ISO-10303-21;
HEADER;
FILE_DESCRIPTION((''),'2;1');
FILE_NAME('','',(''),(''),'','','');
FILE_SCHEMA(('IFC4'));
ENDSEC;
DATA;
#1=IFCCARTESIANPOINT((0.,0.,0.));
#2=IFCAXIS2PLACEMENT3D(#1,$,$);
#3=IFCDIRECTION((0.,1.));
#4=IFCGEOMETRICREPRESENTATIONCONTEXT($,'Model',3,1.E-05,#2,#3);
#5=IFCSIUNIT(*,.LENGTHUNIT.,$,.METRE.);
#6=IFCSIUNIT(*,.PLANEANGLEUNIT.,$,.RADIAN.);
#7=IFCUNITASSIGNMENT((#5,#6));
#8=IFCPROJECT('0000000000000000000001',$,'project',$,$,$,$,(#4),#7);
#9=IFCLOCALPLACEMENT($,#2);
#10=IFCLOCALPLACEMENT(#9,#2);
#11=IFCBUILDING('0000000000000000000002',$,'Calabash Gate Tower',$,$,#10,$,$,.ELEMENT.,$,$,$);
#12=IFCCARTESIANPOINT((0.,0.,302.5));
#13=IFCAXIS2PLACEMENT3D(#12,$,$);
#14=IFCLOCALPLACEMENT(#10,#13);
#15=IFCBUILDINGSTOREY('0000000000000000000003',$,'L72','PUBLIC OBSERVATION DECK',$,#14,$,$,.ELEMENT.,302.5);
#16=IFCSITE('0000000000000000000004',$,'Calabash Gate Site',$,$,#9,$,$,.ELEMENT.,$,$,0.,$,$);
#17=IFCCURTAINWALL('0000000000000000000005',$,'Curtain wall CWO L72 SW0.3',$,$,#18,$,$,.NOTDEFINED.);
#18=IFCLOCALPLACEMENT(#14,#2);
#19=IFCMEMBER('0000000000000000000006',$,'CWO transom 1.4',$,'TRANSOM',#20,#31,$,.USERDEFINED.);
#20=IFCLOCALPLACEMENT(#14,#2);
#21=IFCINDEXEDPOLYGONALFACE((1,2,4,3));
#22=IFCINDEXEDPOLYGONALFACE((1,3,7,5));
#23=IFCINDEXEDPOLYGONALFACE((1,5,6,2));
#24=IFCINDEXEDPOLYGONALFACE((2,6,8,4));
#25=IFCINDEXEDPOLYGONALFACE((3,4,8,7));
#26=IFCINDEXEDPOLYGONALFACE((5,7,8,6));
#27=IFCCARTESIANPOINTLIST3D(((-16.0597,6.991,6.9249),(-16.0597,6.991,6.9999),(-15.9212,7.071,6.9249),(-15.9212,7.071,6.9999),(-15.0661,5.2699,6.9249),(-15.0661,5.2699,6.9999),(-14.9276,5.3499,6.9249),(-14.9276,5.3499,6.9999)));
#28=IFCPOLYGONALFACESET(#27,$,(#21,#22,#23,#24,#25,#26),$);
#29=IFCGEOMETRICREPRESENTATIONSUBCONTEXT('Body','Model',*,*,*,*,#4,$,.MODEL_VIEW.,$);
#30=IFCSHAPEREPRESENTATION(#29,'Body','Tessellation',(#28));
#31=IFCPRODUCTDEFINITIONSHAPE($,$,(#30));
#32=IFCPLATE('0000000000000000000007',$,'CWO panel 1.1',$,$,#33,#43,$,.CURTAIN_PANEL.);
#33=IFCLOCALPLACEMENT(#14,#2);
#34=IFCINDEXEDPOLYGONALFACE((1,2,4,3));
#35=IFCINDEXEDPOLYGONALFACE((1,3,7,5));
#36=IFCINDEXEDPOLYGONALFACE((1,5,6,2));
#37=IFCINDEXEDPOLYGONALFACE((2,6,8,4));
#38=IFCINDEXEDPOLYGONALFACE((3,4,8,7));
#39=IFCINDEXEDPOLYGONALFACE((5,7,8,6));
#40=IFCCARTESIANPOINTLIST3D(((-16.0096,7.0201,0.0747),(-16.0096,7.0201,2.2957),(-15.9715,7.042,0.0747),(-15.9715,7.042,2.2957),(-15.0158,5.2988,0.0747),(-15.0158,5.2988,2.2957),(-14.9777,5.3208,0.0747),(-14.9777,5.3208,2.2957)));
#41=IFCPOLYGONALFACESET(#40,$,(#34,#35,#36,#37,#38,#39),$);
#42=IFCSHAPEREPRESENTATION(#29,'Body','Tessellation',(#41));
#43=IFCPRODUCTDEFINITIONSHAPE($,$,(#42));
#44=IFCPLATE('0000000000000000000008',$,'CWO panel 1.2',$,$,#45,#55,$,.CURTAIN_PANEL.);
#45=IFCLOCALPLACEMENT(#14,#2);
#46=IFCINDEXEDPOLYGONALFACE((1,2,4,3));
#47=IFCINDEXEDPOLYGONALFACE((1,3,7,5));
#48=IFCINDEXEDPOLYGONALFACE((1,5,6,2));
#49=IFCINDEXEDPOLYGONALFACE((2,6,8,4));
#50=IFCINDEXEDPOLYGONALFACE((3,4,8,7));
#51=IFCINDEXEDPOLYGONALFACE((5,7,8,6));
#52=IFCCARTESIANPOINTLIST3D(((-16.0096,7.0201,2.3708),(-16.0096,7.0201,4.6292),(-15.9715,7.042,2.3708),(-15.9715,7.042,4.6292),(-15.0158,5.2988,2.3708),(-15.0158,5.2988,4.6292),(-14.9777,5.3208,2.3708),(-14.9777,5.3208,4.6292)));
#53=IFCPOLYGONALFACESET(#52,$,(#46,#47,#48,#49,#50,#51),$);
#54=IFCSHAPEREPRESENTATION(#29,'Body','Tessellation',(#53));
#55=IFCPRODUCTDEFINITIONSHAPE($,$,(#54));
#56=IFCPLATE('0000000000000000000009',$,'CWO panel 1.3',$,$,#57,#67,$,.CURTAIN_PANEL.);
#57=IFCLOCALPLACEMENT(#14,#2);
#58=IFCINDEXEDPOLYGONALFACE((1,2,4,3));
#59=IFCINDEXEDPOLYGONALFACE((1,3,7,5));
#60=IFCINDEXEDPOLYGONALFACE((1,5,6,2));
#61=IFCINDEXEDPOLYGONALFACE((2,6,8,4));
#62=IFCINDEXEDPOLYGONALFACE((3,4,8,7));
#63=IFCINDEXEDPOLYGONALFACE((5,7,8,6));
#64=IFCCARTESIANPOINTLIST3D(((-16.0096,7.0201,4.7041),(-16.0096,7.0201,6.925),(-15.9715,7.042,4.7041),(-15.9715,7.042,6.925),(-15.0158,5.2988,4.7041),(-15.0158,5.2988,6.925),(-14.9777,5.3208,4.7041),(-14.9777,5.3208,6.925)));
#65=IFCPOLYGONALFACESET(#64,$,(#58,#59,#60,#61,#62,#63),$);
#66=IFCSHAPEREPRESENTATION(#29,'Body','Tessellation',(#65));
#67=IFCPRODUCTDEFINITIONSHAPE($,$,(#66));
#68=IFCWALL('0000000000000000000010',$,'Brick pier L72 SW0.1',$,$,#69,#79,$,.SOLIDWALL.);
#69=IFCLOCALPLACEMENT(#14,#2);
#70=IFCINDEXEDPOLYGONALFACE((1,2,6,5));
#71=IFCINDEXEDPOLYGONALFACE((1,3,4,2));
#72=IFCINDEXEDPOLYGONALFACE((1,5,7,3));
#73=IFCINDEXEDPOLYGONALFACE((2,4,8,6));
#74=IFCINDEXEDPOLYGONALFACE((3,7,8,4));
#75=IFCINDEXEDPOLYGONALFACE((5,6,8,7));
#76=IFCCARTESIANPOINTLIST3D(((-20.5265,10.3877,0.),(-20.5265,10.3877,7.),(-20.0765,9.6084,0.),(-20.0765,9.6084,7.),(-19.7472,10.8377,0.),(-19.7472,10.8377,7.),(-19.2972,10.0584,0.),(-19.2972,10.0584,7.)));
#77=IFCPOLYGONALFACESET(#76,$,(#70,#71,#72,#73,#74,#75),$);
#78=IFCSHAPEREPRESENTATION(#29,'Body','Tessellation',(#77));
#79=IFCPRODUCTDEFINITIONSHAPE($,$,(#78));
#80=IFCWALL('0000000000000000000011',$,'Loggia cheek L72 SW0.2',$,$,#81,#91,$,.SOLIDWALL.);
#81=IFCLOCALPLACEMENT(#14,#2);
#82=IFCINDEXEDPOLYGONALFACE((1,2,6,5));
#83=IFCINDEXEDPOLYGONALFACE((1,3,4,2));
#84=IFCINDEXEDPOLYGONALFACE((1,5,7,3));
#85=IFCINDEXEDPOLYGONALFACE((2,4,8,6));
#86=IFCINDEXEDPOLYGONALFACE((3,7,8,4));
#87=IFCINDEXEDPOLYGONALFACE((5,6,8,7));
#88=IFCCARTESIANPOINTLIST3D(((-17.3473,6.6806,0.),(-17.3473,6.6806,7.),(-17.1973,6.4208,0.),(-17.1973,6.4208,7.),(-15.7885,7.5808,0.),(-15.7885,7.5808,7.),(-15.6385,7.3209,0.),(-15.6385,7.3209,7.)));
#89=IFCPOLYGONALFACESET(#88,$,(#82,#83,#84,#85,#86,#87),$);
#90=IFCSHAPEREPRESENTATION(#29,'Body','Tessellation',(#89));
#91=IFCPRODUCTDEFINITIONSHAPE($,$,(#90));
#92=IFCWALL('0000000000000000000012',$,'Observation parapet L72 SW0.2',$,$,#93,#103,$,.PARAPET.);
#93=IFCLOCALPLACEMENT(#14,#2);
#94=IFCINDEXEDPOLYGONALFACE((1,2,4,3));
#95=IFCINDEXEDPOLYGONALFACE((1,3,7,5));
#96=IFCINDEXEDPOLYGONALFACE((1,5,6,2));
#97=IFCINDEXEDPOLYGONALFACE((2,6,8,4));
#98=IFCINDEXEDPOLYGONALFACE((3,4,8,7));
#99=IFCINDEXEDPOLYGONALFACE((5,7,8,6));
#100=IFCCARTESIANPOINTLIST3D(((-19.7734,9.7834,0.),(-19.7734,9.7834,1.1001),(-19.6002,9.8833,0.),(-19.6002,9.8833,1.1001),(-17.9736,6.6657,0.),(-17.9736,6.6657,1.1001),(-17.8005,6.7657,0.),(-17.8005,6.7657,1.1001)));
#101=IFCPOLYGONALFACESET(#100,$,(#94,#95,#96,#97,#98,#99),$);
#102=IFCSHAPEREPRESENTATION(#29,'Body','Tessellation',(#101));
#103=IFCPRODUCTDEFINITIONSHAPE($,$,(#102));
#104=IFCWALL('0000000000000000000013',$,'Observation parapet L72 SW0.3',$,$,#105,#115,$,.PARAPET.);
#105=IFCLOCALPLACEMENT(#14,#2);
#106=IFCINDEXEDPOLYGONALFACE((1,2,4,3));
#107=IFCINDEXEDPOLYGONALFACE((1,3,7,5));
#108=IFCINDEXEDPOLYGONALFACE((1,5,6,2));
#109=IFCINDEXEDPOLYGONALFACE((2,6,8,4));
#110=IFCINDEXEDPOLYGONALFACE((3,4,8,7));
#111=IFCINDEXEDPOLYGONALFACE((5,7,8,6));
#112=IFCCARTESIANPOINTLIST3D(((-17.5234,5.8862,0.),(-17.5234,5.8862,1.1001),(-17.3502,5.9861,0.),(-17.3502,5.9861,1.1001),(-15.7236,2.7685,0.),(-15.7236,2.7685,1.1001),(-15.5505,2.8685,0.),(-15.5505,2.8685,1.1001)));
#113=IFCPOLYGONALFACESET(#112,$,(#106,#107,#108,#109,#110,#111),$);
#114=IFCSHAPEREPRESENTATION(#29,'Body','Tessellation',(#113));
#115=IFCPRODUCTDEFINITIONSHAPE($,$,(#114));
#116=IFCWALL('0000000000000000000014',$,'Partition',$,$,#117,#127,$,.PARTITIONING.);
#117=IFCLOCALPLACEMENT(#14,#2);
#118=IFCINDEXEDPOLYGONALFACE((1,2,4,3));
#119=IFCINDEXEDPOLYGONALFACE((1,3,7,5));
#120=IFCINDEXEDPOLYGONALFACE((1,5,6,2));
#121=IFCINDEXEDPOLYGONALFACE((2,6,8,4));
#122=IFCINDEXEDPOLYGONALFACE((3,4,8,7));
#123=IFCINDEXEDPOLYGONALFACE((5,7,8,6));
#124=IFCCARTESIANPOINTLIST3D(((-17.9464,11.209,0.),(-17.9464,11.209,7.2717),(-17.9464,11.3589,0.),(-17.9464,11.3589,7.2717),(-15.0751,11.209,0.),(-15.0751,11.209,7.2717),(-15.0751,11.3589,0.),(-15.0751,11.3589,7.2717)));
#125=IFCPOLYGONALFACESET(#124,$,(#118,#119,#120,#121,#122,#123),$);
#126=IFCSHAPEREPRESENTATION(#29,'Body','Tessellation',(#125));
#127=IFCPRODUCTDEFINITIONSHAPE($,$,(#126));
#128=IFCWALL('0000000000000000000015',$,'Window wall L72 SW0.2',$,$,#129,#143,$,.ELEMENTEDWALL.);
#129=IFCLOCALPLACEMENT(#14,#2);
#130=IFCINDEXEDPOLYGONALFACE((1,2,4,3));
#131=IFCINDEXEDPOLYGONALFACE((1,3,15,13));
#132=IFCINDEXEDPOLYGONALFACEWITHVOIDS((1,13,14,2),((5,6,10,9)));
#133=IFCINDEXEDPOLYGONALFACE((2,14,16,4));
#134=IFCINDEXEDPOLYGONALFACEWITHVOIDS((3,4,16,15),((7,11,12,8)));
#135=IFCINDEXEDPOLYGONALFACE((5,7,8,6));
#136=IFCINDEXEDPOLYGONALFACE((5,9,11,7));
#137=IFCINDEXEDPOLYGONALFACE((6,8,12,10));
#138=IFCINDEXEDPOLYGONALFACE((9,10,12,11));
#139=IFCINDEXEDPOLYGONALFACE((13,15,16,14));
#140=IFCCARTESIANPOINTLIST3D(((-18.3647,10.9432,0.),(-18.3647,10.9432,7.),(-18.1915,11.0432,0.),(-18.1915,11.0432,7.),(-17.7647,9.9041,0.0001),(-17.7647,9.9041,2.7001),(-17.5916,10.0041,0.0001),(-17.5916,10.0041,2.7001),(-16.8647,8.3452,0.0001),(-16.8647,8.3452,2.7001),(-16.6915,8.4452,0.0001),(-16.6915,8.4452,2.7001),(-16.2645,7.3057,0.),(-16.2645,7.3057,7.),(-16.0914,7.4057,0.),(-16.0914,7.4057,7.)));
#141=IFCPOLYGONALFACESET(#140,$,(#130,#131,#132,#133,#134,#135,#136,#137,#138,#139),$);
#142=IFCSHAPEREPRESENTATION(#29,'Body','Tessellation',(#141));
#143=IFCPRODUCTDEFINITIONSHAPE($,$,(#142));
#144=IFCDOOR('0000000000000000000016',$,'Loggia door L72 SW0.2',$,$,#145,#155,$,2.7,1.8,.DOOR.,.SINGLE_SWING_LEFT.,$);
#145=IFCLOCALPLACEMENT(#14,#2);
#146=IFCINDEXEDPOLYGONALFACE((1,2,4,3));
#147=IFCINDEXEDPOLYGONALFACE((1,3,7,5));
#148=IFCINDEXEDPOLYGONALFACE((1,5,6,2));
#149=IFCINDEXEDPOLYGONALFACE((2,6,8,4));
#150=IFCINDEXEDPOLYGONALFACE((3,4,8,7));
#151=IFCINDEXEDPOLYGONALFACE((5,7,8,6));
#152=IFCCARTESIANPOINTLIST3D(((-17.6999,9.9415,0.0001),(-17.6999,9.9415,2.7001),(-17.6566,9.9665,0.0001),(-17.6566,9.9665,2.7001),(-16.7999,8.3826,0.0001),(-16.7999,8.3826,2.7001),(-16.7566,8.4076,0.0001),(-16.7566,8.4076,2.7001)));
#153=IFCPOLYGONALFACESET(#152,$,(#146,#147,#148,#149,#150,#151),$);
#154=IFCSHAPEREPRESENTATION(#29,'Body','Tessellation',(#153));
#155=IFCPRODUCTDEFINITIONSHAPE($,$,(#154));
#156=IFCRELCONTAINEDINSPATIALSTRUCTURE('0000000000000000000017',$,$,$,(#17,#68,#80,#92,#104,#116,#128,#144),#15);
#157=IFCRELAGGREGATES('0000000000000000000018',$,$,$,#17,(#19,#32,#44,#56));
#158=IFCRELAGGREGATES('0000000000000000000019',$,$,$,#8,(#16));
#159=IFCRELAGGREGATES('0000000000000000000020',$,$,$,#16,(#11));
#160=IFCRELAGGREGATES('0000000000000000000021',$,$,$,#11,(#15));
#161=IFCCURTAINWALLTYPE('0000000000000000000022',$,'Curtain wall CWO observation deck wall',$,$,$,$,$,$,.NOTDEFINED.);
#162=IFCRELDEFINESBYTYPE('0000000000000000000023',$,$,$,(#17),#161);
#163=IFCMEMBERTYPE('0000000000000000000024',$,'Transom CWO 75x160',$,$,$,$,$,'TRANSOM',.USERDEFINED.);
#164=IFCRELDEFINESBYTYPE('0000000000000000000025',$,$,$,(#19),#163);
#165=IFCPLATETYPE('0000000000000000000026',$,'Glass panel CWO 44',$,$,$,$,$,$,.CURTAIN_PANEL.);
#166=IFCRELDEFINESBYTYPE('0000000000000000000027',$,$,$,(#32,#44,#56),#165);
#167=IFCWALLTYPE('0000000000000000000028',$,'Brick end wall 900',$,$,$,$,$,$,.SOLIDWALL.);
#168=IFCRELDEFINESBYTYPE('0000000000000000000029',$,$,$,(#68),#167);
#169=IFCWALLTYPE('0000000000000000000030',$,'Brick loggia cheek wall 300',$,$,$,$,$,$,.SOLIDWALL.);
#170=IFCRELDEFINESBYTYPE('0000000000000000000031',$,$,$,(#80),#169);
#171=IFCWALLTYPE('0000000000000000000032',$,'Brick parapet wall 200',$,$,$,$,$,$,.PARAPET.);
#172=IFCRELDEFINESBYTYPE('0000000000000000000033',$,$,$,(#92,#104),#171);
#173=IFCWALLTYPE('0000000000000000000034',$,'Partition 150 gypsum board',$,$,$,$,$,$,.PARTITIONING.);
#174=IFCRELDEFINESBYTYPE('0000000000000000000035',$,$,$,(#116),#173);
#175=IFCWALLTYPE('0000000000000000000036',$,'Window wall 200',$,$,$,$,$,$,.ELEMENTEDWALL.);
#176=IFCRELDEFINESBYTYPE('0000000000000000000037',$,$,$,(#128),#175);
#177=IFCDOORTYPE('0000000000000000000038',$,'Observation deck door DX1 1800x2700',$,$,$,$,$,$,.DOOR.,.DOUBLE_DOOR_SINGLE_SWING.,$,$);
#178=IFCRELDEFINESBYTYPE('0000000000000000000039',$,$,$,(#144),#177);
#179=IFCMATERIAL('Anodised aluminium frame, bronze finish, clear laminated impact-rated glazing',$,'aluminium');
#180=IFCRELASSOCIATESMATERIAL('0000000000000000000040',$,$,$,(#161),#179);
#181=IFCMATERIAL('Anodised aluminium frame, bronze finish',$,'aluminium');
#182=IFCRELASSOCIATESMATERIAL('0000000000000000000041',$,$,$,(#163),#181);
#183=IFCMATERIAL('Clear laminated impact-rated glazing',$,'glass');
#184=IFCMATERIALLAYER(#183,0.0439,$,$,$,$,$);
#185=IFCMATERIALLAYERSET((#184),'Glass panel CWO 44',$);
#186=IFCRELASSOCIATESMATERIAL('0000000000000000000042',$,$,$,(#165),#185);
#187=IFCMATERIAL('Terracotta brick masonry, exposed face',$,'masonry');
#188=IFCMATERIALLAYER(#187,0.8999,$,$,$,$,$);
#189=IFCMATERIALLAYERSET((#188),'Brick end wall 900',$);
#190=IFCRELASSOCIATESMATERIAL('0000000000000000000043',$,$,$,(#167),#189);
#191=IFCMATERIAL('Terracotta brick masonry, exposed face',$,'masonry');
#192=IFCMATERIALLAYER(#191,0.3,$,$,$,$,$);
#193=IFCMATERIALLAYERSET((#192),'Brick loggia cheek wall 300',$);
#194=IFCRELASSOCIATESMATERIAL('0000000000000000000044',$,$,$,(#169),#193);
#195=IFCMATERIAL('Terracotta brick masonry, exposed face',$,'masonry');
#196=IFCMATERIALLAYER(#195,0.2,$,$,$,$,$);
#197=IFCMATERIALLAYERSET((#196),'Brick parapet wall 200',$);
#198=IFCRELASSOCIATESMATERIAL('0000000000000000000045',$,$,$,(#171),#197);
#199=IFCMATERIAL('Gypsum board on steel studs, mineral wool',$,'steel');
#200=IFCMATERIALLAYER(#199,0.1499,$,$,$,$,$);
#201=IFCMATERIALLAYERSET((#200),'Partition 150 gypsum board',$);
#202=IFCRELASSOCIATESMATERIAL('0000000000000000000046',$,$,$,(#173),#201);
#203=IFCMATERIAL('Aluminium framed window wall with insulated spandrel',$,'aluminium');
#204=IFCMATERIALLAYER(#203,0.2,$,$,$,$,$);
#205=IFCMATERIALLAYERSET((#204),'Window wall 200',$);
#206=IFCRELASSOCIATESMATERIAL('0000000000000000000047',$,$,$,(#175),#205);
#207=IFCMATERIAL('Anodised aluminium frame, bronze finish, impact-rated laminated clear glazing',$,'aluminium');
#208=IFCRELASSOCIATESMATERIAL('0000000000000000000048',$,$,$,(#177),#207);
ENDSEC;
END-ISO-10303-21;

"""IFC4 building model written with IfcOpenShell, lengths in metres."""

from ifc_helpers import new_model, si_unit, direction, frame, frame_2d, origin, origin_2d, place, context, subcontext, project, spatial, rectangle, extrude, material, layer, layer_set, material_profile, profile_set, type_object, element, fill, aggregate, save


model = new_model("IFC4")

# Units and contexts
model_context = context("Model", 3, precision=1e-05, world=origin(), true_north=direction((0.0, 1.0)))
body_context = subcontext(model_context, "Body", "Model", "MODEL_VIEW")
ifc_project = project(units=[si_unit("LENGTHUNIT", "METRE"), si_unit("PLANEANGLEUNIT", "RADIAN")], contexts=[model_context])

# Site, building, storey
site_placement = place(None, origin())
site = spatial("IfcSite", under=ifc_project, at=site_placement, Name="Calabash Gate Site", CompositionType="ELEMENT", RefElevation=0.0)
building_placement = place(site_placement, origin())
building = spatial("IfcBuilding", under=site, at=building_placement, Name="Calabash Gate Tower", CompositionType="ELEMENT")
storey_placement = place(building_placement, frame((0.0, 0.0, 302.5)))
storey = spatial("IfcBuildingStorey", under=building, at=storey_placement, Name="L72", Description="PUBLIC OBSERVATION DECK", CompositionType="ELEMENT", Elevation=302.5)

# Curtain wall, member, plates
ifc_material_1 = material(Name="Anodised aluminium frame, bronze finish, clear laminated impact-rated glazing", Category="aluminium")
curtain_wall_type = type_object("IfcCurtainWallType", Name="Curtain wall CWO observation deck wall", PredefinedType="NOTDEFINED", material=ifc_material_1)
curtain_wall_placement = place(storey_placement, origin())
curtain_wall = element("IfcCurtainWall", 1, at=curtain_wall_placement, inside=storey, type_object=curtain_wall_type, Name="Curtain wall CWO L72 SW0.3", PredefinedType="NOTDEFINED")
ifc_material_2 = material(Name="Anodised aluminium frame, bronze finish", Category="aluminium")
ifc_material_profile_1 = material_profile(ifc_material_2, rectangle(XDim=0.1599, YDim=0.075, at=origin_2d()))
ifc_profile_set_1 = profile_set([ifc_material_profile_1], Name="Anodised aluminium frame, bronze finish")
member_type_1 = type_object("IfcMemberType", Name="Transom CWO 75x160", ElementType="TRANSOM", PredefinedType="USERDEFINED", material=ifc_profile_set_1)
member_1_placement = place(storey_placement, frame((-15.9905, 7.031, 6.9624), z_axis=(0.499971, -0.866042, 0.0), x_axis=(0.866042, 0.499971, 0.0)))
member_1 = element("IfcMember", 2, at=member_1_placement, type_object=member_type_1, Name="CWO transom 1.4", ObjectType="TRANSOM", PredefinedType="USERDEFINED", context=body_context, shape_type="SweptSolid", body=[
    extrude(rectangle(XDim=0.1599, YDim=0.075, at=origin_2d()), origin(), (0.0, 0.0, 1.0), 1.9873),
])
ifc_material_3 = material(Name="Clear laminated impact-rated glazing", Category="glass")
ifc_layer_1 = layer(ifc_material_3, 0.0439)
ifc_layer_set_1 = layer_set([ifc_layer_1], Name="Glass panel CWO 44")
plate_type = type_object("IfcPlateType", Name="Glass panel CWO 44", PredefinedType="CURTAIN_PANEL", material=ifc_layer_set_1)
plate_1_placement = place(storey_placement, frame((-15.4937, 6.1704, 0.0747), z_axis=(0.0, 0.0, 1.0), x_axis=(0.5, -0.866025, 0.0)))
plate_1 = element("IfcPlate", 3, at=plate_1_placement, type_object=plate_type, Name="CWO panel 1.1", PredefinedType="CURTAIN_PANEL", context=body_context, shape_type="SweptSolid", body=[
    extrude(rectangle(XDim=1.9875, YDim=0.0439, at=origin_2d()), origin(), (0.0, 0.0, 1.0), 2.2209),
])
plate_2_placement = place(storey_placement, frame((-15.4937, 6.1704, 2.3708), z_axis=(0.0, 0.0, 1.0), x_axis=(0.5, -0.866025, 0.0)))
plate_2 = element("IfcPlate", 4, at=plate_2_placement, type_object=plate_type, Name="CWO panel 1.2", PredefinedType="CURTAIN_PANEL", context=body_context, shape_type="SweptSolid", body=[
    extrude(rectangle(XDim=1.9875, YDim=0.0439, at=origin_2d()), origin(), (0.0, 0.0, 1.0), 2.2583),
])
plate_3_placement = place(storey_placement, frame((-15.4937, 6.1704, 4.7041), z_axis=(0.0, 0.0, 1.0), x_axis=(0.5, -0.866025, 0.0)))
plate_3 = element("IfcPlate", 5, at=plate_3_placement, type_object=plate_type, Name="CWO panel 1.3", PredefinedType="CURTAIN_PANEL", context=body_context, shape_type="SweptSolid", body=[
    extrude(rectangle(XDim=1.9875, YDim=0.0439, at=origin_2d()), origin(), (0.0, 0.0, 1.0), 2.2209),
])
aggregate(curtain_wall, [member_1, plate_1, plate_2, plate_3])

# Walls
ifc_material_4 = material(Name="Terracotta brick masonry, exposed face", Category="masonry")
ifc_layer_2 = layer(ifc_material_4, 0.8999)
ifc_layer_set_2 = layer_set([ifc_layer_2], Name="Brick end wall 900")
wall_type_1 = type_object("IfcWallType", Name="Brick end wall 900", PredefinedType="SOLIDWALL", material=ifc_layer_set_2)
wall_1_placement = place(storey_placement, frame((-20.3015, 9.998, 0.0), z_axis=(0.0, 0.0, 1.0), x_axis=(0.866014, 0.50002, 0.0)))
element("IfcWall", 6, at=wall_1_placement, inside=storey, type_object=wall_type_1, Name="Brick pier L72 SW0.1", PredefinedType="SOLIDWALL", context=body_context, shape_type="SweptSolid", body=[
    extrude(rectangle(XDim=0.8999, YDim=0.8999, at=frame_2d((0.45, 0.0))), origin(), (0.0, 0.0, 1.0), 7.0),
])
ifc_material_5 = material(Name="Terracotta brick masonry, exposed face", Category="masonry")
ifc_layer_3 = layer(ifc_material_5, 0.3)
ifc_layer_set_3 = layer_set([ifc_layer_3], Name="Brick loggia cheek wall 300")
wall_type_2 = type_object("IfcWallType", Name="Brick loggia cheek wall 300", PredefinedType="SOLIDWALL", material=ifc_layer_set_3)
wall_2_placement = place(storey_placement, frame((-17.2722, 6.5508, 0.0), z_axis=(0.0, 0.0, 1.0), x_axis=(0.865989, 0.500063, 0.0)))
element("IfcWall", 7, at=wall_2_placement, inside=storey, type_object=wall_type_2, Name="Loggia cheek L72 SW0.2", PredefinedType="SOLIDWALL", context=body_context, shape_type="SweptSolid", body=[
    extrude(rectangle(XDim=1.8, YDim=0.3, at=frame_2d((0.8999, 0.0))), origin(), (0.0, 0.0, 1.0), 7.0),
])
ifc_material_6 = material(Name="Terracotta brick masonry, exposed face", Category="masonry")
ifc_layer_4 = layer(ifc_material_6, 0.2)
ifc_layer_set_4 = layer_set([ifc_layer_4], Name="Brick parapet wall 200")
wall_type_3 = type_object("IfcWallType", Name="Brick parapet wall 200", PredefinedType="PARAPET", material=ifc_layer_set_4)
for number, where, z_axis, x_axis, name in (
    (8, (-19.6868, 9.8333, 0.0), (0.0, 0.0, 1.0), (0.499961, -0.866048, 0.0), "Observation parapet L72 SW0.2"),
    (9, (-17.4368, 5.936, 0.0), (0.0, 0.0, 1.0), (0.499961, -0.866048, 0.0), "Observation parapet L72 SW0.3"),
):
    element("IfcWall", number, at=place(storey_placement, frame(where, z_axis=z_axis, x_axis=x_axis)), inside=storey, type_object=wall_type_3, Name=name, PredefinedType="PARAPET", context=body_context, shape_type="SweptSolid", body=[
        extrude(rectangle(XDim=3.5999, YDim=0.2, at=frame_2d((1.7998, 0.0))), origin(), (0.0, 0.0, 1.0), 1.1001),
    ])
ifc_material_7 = material(Name="Gypsum board on steel studs, mineral wool", Category="steel")
ifc_layer_5 = layer(ifc_material_7, 0.1499)
ifc_layer_set_5 = layer_set([ifc_layer_5], Name="Partition 150 gypsum board")
wall_type_4 = type_object("IfcWallType", Name="Partition 150 gypsum board", PredefinedType="PARTITIONING", material=ifc_layer_set_5)
wall_3_placement = place(storey_placement, frame((-17.9463, 11.2839, 0.0), z_axis=(0.0, 0.0, 1.0), x_axis=(1.0, 0.0, 0.0)))
element("IfcWall", 10, at=wall_3_placement, inside=storey, type_object=wall_type_4, Name="Partition", PredefinedType="PARTITIONING", context=body_context, shape_type="SweptSolid", body=[
    extrude(rectangle(XDim=2.8713, YDim=0.1499, at=frame_2d((1.4355, 0.0))), origin(), (0.0, 0.0, 1.0), 7.2717),
])

# Wall, opening, door
ifc_material_8 = material(Name="Aluminium framed window wall with insulated spandrel", Category="aluminium")
ifc_layer_6 = layer(ifc_material_8, 0.2)
ifc_layer_set_6 = layer_set([ifc_layer_6], Name="Window wall 200")
wall_type_5 = type_object("IfcWallType", Name="Window wall 200", PredefinedType="ELEMENTEDWALL", material=ifc_layer_set_6)
wall_4_placement = place(storey_placement, frame((-18.2781, 10.9932, 0.0), z_axis=(0.0, 0.0, 1.0), x_axis=(0.500003, -0.866024, 0.0)))
wall_4 = element("IfcWall", 11, at=wall_4_placement, inside=storey, type_object=wall_type_5, Name="Window wall L72 SW0.2", PredefinedType="ELEMENTEDWALL", context=body_context, shape_type="SweptSolid", body=[
    extrude(rectangle(XDim=4.2002, YDim=0.2, at=frame_2d((2.1001, 0.0))), origin(), (0.0, 0.0, 1.0), 7.0),
])
opening_placement = place(wall_4_placement, frame((1.2, 0.0, 0.0)))
opening = element("IfcOpeningElement", 12, at=opening_placement, cuts=wall_4, PredefinedType="OPENING", context=body_context, shape_type="SweptSolid", body=[
    extrude(rectangle(XDim=1.8, YDim=2.7, at=frame_2d((0.8999, 1.3501))), frame((0.0, 0.1099, 0.0), z_axis=(0.0, -1.0, 0.0), x_axis=(1.0, 0.0, 0.0)), (0.0, 0.0, 1.0), 0.22),
])
ifc_material_9 = material(Name="Anodised aluminium frame, bronze finish, impact-rated laminated clear glazing", Category="aluminium")
door_type = type_object("IfcDoorType", Name="Observation deck door DX1 1800x2700", OperationType="DOUBLE_DOOR_SINGLE_SWING", PredefinedType="DOOR", material=ifc_material_9)
door_placement = place(opening_placement, origin())
door = element("IfcDoor", 13, at=door_placement, inside=storey, type_object=door_type, Name="Loggia door L72 SW0.2", OperationType="SINGLE_SWING_LEFT", OverallHeight=2.7, OverallWidth=1.8, PredefinedType="DOOR", context=body_context, shape_type="SweptSolid", body=[
    extrude(rectangle(XDim=1.8, YDim=2.7, at=frame_2d((0.8999, 1.3501))), frame((0.0, 0.0249, 0.0), z_axis=(0.0, -1.0, 0.0), x_axis=(1.0, 0.0, 0.0)), (0.0, 0.0, 1.0), 0.05),
])
fill(opening, door)

save(model, "model.ifc")
